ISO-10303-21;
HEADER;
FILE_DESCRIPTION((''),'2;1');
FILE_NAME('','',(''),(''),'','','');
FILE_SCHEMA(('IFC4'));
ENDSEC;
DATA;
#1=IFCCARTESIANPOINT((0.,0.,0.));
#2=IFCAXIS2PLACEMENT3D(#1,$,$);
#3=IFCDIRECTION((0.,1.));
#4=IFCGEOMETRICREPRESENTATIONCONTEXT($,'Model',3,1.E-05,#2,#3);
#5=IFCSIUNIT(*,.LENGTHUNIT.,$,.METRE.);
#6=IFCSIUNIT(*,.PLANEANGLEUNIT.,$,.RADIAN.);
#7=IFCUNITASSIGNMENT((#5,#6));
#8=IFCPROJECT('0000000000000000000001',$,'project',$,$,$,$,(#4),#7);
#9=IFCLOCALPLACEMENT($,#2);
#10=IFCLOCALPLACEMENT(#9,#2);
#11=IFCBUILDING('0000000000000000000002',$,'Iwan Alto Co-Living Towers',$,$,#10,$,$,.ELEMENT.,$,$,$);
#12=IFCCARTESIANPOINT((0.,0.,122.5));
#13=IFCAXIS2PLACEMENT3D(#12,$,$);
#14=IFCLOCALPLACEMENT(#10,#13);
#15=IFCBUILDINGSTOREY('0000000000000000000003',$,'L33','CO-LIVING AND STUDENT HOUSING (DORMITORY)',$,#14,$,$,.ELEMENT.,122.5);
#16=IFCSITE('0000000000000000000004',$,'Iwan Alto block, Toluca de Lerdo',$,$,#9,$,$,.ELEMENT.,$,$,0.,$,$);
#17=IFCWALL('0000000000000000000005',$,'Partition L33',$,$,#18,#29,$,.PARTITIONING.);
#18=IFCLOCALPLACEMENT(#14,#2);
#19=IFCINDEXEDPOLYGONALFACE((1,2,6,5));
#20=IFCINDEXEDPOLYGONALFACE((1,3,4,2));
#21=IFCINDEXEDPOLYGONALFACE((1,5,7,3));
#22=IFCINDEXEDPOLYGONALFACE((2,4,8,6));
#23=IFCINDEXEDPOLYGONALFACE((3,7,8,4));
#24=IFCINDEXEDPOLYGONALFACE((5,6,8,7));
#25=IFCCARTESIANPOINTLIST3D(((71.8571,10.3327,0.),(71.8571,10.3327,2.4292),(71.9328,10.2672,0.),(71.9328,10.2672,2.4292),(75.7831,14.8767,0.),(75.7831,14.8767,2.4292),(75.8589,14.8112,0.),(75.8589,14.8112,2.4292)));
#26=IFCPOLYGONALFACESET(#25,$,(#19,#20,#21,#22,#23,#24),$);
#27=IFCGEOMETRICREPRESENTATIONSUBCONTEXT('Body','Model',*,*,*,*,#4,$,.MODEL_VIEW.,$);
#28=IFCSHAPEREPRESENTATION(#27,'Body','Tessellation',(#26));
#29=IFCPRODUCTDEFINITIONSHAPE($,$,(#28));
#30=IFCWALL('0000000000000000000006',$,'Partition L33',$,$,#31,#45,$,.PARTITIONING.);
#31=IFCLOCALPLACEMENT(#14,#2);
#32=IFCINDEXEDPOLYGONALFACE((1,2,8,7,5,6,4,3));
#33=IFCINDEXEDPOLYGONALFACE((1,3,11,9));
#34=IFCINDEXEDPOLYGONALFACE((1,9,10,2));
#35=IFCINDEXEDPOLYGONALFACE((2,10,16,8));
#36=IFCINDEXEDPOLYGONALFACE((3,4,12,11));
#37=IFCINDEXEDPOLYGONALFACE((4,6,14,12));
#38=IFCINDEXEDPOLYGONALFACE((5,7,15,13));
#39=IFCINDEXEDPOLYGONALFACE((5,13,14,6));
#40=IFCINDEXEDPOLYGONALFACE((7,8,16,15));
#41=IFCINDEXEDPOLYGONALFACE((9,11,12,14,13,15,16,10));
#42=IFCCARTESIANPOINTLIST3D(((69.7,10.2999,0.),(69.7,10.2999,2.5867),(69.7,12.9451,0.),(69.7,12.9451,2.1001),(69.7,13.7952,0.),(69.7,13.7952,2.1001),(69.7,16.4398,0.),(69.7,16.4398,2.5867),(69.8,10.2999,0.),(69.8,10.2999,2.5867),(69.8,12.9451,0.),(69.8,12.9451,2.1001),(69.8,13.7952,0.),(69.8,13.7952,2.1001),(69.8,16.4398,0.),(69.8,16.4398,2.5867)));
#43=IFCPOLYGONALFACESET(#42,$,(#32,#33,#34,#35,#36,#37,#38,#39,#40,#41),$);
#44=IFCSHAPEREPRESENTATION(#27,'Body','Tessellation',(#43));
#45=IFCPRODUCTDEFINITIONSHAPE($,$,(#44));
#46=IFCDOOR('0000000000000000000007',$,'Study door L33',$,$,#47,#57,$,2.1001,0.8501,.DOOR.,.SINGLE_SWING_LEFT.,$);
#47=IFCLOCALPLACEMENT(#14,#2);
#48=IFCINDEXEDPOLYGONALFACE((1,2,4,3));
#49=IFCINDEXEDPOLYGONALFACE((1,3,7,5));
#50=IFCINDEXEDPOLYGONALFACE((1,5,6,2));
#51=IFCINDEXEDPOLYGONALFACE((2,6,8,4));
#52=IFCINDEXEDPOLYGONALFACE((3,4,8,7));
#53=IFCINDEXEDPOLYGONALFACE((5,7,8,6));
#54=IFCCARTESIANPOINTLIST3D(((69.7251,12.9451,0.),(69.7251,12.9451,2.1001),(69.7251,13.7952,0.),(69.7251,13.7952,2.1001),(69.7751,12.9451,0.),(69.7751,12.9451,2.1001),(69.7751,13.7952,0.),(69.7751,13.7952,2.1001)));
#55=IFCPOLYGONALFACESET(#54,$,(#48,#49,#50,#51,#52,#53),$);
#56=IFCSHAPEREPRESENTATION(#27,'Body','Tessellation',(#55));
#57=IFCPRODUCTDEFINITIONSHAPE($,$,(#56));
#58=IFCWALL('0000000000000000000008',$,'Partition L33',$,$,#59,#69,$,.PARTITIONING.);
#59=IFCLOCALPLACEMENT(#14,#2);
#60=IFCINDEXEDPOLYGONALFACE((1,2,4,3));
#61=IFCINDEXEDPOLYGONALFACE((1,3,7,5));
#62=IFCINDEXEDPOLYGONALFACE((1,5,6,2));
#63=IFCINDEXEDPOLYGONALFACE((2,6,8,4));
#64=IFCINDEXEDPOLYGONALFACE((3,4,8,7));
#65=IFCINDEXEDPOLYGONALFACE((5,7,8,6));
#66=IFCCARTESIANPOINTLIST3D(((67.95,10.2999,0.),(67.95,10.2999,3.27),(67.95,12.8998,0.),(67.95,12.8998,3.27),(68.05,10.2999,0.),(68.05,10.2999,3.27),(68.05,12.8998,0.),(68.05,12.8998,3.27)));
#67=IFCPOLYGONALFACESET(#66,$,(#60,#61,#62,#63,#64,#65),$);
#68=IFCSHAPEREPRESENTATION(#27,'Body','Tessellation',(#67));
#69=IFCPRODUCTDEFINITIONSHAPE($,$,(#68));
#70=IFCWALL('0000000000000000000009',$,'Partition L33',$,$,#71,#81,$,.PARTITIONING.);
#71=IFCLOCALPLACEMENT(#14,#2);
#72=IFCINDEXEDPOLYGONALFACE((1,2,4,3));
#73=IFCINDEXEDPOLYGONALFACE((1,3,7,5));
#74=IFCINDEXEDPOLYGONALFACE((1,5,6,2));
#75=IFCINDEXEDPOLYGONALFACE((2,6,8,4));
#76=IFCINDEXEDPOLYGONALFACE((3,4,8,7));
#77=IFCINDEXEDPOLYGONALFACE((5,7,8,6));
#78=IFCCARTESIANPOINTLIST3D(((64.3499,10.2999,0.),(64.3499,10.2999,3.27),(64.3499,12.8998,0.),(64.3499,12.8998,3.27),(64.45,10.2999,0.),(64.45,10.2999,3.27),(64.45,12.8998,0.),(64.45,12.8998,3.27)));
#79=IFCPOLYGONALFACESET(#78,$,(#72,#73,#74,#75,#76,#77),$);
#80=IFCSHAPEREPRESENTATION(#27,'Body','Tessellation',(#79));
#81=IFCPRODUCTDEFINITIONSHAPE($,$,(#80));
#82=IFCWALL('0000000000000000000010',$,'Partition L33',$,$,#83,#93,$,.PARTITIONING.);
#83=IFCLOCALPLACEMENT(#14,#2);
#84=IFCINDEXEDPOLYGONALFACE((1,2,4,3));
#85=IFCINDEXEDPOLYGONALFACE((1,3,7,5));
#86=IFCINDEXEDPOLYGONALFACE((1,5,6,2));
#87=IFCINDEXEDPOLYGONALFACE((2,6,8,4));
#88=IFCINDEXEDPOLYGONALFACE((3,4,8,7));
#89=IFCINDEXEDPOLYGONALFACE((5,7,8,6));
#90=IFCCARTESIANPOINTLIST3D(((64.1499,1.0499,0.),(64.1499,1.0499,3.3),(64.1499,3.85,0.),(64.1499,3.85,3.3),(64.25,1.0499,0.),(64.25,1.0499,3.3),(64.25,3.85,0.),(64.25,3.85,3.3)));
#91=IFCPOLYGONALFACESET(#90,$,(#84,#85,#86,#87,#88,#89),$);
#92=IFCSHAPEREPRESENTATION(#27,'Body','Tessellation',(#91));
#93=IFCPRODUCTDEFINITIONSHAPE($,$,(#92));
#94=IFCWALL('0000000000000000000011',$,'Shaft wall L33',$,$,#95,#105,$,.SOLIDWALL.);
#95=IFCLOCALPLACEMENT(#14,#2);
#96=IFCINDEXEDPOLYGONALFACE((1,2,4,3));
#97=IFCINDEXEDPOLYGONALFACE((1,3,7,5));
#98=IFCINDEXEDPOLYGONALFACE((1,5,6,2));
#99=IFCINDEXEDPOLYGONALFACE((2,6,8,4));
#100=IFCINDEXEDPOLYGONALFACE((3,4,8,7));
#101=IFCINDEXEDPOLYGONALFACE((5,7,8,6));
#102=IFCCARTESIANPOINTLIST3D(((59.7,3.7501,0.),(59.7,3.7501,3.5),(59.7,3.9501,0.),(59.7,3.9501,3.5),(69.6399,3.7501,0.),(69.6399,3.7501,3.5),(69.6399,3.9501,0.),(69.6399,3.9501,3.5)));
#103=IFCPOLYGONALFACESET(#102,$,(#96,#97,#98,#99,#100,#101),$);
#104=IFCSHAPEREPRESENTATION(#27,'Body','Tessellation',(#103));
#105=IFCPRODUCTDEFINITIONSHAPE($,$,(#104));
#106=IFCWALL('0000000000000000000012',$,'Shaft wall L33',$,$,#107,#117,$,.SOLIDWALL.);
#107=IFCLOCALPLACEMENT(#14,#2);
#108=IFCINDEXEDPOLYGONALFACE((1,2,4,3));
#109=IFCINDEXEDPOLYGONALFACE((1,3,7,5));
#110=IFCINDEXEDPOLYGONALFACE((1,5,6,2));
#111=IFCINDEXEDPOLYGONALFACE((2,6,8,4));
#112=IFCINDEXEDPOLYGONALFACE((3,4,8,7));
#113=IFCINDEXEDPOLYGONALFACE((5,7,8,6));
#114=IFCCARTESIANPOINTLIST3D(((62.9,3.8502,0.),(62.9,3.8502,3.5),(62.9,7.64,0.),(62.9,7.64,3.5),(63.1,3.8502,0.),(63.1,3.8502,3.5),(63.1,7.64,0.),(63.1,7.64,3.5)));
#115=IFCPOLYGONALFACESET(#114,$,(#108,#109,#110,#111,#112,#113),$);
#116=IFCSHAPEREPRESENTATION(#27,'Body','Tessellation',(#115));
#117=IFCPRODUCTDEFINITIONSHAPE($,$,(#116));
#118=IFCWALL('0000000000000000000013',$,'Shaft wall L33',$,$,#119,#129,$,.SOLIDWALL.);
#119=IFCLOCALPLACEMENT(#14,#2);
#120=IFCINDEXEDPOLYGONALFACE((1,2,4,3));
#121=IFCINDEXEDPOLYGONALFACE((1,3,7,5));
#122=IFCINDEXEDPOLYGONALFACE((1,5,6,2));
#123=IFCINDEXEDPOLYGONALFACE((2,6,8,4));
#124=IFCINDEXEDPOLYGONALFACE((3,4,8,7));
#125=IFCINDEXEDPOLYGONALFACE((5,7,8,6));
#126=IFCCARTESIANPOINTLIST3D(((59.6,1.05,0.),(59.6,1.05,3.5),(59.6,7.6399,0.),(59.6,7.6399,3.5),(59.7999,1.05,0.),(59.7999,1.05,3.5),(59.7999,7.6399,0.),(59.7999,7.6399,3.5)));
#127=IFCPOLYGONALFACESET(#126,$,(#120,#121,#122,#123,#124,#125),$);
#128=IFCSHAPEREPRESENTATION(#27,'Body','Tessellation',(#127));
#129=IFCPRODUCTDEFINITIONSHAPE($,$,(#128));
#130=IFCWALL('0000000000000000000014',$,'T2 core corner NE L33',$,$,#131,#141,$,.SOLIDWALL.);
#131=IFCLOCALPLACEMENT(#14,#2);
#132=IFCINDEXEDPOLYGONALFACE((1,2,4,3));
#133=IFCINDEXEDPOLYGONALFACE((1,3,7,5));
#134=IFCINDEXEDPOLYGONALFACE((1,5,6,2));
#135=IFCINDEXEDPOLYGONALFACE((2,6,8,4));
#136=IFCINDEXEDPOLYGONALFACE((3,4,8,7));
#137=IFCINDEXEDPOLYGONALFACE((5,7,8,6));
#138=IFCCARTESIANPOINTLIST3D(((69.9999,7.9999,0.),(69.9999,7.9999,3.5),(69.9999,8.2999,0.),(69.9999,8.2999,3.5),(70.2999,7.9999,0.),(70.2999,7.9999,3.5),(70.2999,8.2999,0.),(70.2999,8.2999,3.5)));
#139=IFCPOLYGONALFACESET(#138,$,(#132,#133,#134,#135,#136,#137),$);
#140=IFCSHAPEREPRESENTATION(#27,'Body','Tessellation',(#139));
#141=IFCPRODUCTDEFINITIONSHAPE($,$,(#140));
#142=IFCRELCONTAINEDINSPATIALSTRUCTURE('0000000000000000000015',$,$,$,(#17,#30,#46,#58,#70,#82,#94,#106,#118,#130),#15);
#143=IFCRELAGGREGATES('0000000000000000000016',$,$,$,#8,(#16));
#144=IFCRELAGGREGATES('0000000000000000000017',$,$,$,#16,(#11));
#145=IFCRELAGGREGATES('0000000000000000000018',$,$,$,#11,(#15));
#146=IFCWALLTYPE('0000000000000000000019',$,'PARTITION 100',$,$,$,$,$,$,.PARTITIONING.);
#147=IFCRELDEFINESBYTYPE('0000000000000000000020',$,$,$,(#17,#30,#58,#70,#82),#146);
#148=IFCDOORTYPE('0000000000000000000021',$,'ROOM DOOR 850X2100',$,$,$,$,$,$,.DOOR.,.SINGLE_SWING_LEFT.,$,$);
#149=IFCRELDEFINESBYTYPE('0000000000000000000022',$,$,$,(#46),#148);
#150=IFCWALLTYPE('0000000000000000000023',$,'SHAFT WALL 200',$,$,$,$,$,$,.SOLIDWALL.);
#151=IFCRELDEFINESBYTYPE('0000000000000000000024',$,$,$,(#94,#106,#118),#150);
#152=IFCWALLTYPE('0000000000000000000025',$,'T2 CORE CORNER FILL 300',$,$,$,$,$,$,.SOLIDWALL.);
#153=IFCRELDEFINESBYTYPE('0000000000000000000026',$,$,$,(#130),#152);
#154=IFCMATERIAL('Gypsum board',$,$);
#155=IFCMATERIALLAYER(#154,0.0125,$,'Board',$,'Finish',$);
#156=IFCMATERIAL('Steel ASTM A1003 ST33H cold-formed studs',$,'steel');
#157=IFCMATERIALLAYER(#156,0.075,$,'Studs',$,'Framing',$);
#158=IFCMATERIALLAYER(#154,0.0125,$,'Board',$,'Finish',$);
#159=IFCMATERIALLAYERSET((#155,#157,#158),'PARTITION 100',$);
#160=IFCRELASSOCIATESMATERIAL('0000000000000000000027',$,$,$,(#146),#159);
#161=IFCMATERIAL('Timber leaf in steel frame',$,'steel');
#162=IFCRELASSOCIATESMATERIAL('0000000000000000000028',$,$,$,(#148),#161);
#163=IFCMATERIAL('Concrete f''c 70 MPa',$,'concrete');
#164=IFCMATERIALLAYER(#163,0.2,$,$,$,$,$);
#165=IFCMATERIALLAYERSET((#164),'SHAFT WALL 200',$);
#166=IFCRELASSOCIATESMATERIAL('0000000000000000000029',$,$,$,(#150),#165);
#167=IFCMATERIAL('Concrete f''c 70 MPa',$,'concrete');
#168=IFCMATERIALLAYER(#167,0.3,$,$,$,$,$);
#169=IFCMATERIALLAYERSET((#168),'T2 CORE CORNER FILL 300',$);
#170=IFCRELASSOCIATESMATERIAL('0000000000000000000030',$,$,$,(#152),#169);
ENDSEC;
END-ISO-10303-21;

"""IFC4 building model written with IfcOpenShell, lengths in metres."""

from ifc_helpers import new_model, si_unit, direction, frame, frame_2d, origin, place, context, subcontext, project, spatial, rectangle, extrude, material, layer, layer_set, type_object, element, fill, save


model = new_model("IFC4")

# Units and contexts
model_context = context("Model", 3, precision=1e-05, world=origin(), true_north=direction((0.0, 1.0)))
body_context = subcontext(model_context, "Body", "Model", "MODEL_VIEW")
ifc_project = project(units=[si_unit("LENGTHUNIT", "METRE"), si_unit("PLANEANGLEUNIT", "RADIAN")], contexts=[model_context])

# Site, building, storey
site_placement = place(None, origin())
site = spatial("IfcSite", under=ifc_project, at=site_placement, Name="Iwan Alto block, Toluca de Lerdo", CompositionType="ELEMENT", RefElevation=0.0)
building_placement = place(site_placement, origin())
building = spatial("IfcBuilding", under=site, at=building_placement, Name="Iwan Alto Co-Living Towers", CompositionType="ELEMENT")
storey_placement = place(building_placement, frame((0.0, 0.0, 122.5)))
storey = spatial("IfcBuildingStorey", under=building, at=storey_placement, Name="L33", Description="CO-LIVING AND STUDENT HOUSING (DORMITORY)", CompositionType="ELEMENT", Elevation=122.5)

# Shared definitions
ifc_material_1 = material(Name="Gypsum board")
ifc_layer_1 = layer(ifc_material_1, 0.0125, Name="Board", Category="Finish")
ifc_material_2 = material(Name="Steel ASTM A1003 ST33H cold-formed studs", Category="steel")
ifc_layer_2 = layer(ifc_material_2, 0.075, Name="Studs", Category="Framing")
ifc_layer_3 = layer(ifc_material_1, 0.0125, Name="Board", Category="Finish")
ifc_layer_set_1 = layer_set([ifc_layer_1, ifc_layer_2, ifc_layer_3], Name="PARTITION 100")
wall_type_1 = type_object("IfcWallType", Name="PARTITION 100", PredefinedType="PARTITIONING", material=ifc_layer_set_1)
ifc_material_3 = material(Name="Timber leaf in steel frame", Category="steel")
door_type_1 = type_object("IfcDoorType", Name="ROOM DOOR 850X2100", OperationType="SINGLE_SWING_LEFT", PredefinedType="DOOR", material=ifc_material_3)

# Wall
wall_1_placement = place(storey_placement, frame((71.895, 10.3, 0.0), z_axis=(0.0, 0.0, 1.0), x_axis=(0.653783, 0.756682, 0.0)))
element("IfcWall", 1, at=wall_1_placement, inside=storey, type_object=wall_type_1, Name="Partition L33", PredefinedType="PARTITIONING", context=body_context, shape_type="SweptSolid", body=[
    extrude(rectangle(XDim=6.0051, YDim=0.1001, at=frame_2d((3.0024, 0.0))), origin(), (0.0, 0.0, 1.0), 2.4292),
])

# Wall, opening, door
wall_2_placement = place(storey_placement, frame((69.75, 10.3, 0.0), z_axis=(0.0, 0.0, 1.0), x_axis=(0.0, 1.0, 0.0)))
wall_2 = element("IfcWall", 2, at=wall_2_placement, inside=storey, type_object=wall_type_1, Name="Partition L33", PredefinedType="PARTITIONING", context=body_context, shape_type="SweptSolid", body=[
    extrude(rectangle(XDim=6.1399, YDim=0.1001, at=frame_2d((3.0698, 0.0))), origin(), (0.0, 0.0, 1.0), 2.5867),
])
opening_1_placement = place(wall_2_placement, frame((2.645, 0.0, 0.0)))
opening_1 = element("IfcOpeningElement", 3, at=opening_1_placement, cuts=wall_2, PredefinedType="OPENING", context=body_context, shape_type="SweptSolid", body=[
    extrude(rectangle(XDim=0.8501, YDim=2.1001, at=frame_2d((0.425, 1.05))), frame((0.0, 0.0601, 0.0), z_axis=(0.0, -1.0, 0.0), x_axis=(1.0, 0.0, 0.0)), (0.0, 0.0, 1.0), 0.1201),
])
door_1_placement = place(opening_1_placement, origin())
door_1 = element("IfcDoor", 4, at=door_1_placement, inside=storey, type_object=door_type_1, Name="Study door L33", OperationType="SINGLE_SWING_LEFT", OverallHeight=2.1001, OverallWidth=0.8501, PredefinedType="DOOR", context=body_context, shape_type="SweptSolid", body=[
    extrude(rectangle(XDim=0.8501, YDim=2.1001, at=frame_2d((0.425, 1.05))), frame((0.0, 0.0249, 0.0), z_axis=(0.0, -1.0, 0.0), x_axis=(1.0, 0.0, 0.0)), (0.0, 0.0, 1.0), 0.05),
])
fill(opening_1, door_1)

# Walls
for number, where, z_axis, x_axis, name in (
    (5, (68.0, 10.3, 0.0), (0.0, 0.0, 1.0), (0.0, 1.0, 0.0), "Partition L33"),
    (6, (64.3999, 10.3, 0.0), (0.0, 0.0, 1.0), (0.0, 1.0, 0.0), "Partition L33"),
):
    element("IfcWall", number, at=place(storey_placement, frame(where, z_axis=z_axis, x_axis=x_axis)), inside=storey, type_object=wall_type_1, Name=name, PredefinedType="PARTITIONING", context=body_context, shape_type="SweptSolid", body=[
        extrude(rectangle(XDim=2.5999, YDim=0.1001, at=frame_2d((1.2998, 0.0))), origin(), (0.0, 0.0, 1.0), 3.27),
    ])
wall_3_placement = place(storey_placement, frame((64.2, 1.05, 0.0), z_axis=(0.0, 0.0, 1.0), x_axis=(0.0, 1.0, 0.0)))
element("IfcWall", 7, at=wall_3_placement, inside=storey, type_object=wall_type_1, Name="Partition L33", PredefinedType="PARTITIONING", context=body_context, shape_type="SweptSolid", body=[
    extrude(rectangle(XDim=2.8, YDim=0.1001, at=frame_2d((1.3999, 0.0))), origin(), (0.0, 0.0, 1.0), 3.3),
])
ifc_material_4 = material(Name="Concrete f'c 70 MPa", Category="concrete")
ifc_layer_4 = layer(ifc_material_4, 0.2)
ifc_layer_set_2 = layer_set([ifc_layer_4], Name="SHAFT WALL 200")
wall_type_2 = type_object("IfcWallType", Name="SHAFT WALL 200", PredefinedType="SOLIDWALL", material=ifc_layer_set_2)
wall_4_placement = place(storey_placement, frame((59.7, 3.8501, 0.0), z_axis=(0.0, 0.0, 1.0), x_axis=(1.0, 0.0, 0.0)))
element("IfcWall", 8, at=wall_4_placement, inside=storey, type_object=wall_type_2, Name="Shaft wall L33", PredefinedType="SOLIDWALL", context=body_context, shape_type="SweptSolid", body=[
    extrude(rectangle(XDim=9.9399, YDim=0.2, at=frame_2d((4.97, 0.0))), origin(), (0.0, 0.0, 1.0), 3.5),
])
wall_5_placement = place(storey_placement, frame((63.0, 3.8501, 0.0), z_axis=(0.0, 0.0, 1.0), x_axis=(0.0, 1.0, 0.0)))
element("IfcWall", 9, at=wall_5_placement, inside=storey, type_object=wall_type_2, Name="Shaft wall L33", PredefinedType="SOLIDWALL", context=body_context, shape_type="SweptSolid", body=[
    extrude(rectangle(XDim=3.7898, YDim=0.2, at=frame_2d((1.895, 0.0))), origin(), (0.0, 0.0, 1.0), 3.5),
])
wall_6_placement = place(storey_placement, frame((59.7, 1.05, 0.0), z_axis=(0.0, 0.0, 1.0), x_axis=(0.0, 1.0, 0.0)))
element("IfcWall", 10, at=wall_6_placement, inside=storey, type_object=wall_type_2, Name="Shaft wall L33", PredefinedType="SOLIDWALL", context=body_context, shape_type="SweptSolid", body=[
    extrude(rectangle(XDim=6.5898, YDim=0.2, at=frame_2d((3.2949, 0.0))), origin(), (0.0, 0.0, 1.0), 3.5),
])
ifc_material_5 = material(Name="Concrete f'c 70 MPa", Category="concrete")
ifc_layer_5 = layer(ifc_material_5, 0.3)
ifc_layer_set_3 = layer_set([ifc_layer_5], Name="T2 CORE CORNER FILL 300")
wall_type_3 = type_object("IfcWallType", Name="T2 CORE CORNER FILL 300", PredefinedType="SOLIDWALL", material=ifc_layer_set_3)
wall_7_placement = place(storey_placement, frame((70.0, 8.1499, 0.0), z_axis=(0.0, 0.0, 1.0), x_axis=(1.0, 0.0, 0.0)))
element("IfcWall", 11, at=wall_7_placement, inside=storey, type_object=wall_type_3, Name="T2 core corner NE L33", PredefinedType="SOLIDWALL", context=body_context, shape_type="SweptSolid", body=[
    extrude(rectangle(XDim=0.3, YDim=0.3, at=frame_2d((0.1499, 0.0))), origin(), (0.0, 0.0, 1.0), 3.5),
])

save(model, "model.ifc")
